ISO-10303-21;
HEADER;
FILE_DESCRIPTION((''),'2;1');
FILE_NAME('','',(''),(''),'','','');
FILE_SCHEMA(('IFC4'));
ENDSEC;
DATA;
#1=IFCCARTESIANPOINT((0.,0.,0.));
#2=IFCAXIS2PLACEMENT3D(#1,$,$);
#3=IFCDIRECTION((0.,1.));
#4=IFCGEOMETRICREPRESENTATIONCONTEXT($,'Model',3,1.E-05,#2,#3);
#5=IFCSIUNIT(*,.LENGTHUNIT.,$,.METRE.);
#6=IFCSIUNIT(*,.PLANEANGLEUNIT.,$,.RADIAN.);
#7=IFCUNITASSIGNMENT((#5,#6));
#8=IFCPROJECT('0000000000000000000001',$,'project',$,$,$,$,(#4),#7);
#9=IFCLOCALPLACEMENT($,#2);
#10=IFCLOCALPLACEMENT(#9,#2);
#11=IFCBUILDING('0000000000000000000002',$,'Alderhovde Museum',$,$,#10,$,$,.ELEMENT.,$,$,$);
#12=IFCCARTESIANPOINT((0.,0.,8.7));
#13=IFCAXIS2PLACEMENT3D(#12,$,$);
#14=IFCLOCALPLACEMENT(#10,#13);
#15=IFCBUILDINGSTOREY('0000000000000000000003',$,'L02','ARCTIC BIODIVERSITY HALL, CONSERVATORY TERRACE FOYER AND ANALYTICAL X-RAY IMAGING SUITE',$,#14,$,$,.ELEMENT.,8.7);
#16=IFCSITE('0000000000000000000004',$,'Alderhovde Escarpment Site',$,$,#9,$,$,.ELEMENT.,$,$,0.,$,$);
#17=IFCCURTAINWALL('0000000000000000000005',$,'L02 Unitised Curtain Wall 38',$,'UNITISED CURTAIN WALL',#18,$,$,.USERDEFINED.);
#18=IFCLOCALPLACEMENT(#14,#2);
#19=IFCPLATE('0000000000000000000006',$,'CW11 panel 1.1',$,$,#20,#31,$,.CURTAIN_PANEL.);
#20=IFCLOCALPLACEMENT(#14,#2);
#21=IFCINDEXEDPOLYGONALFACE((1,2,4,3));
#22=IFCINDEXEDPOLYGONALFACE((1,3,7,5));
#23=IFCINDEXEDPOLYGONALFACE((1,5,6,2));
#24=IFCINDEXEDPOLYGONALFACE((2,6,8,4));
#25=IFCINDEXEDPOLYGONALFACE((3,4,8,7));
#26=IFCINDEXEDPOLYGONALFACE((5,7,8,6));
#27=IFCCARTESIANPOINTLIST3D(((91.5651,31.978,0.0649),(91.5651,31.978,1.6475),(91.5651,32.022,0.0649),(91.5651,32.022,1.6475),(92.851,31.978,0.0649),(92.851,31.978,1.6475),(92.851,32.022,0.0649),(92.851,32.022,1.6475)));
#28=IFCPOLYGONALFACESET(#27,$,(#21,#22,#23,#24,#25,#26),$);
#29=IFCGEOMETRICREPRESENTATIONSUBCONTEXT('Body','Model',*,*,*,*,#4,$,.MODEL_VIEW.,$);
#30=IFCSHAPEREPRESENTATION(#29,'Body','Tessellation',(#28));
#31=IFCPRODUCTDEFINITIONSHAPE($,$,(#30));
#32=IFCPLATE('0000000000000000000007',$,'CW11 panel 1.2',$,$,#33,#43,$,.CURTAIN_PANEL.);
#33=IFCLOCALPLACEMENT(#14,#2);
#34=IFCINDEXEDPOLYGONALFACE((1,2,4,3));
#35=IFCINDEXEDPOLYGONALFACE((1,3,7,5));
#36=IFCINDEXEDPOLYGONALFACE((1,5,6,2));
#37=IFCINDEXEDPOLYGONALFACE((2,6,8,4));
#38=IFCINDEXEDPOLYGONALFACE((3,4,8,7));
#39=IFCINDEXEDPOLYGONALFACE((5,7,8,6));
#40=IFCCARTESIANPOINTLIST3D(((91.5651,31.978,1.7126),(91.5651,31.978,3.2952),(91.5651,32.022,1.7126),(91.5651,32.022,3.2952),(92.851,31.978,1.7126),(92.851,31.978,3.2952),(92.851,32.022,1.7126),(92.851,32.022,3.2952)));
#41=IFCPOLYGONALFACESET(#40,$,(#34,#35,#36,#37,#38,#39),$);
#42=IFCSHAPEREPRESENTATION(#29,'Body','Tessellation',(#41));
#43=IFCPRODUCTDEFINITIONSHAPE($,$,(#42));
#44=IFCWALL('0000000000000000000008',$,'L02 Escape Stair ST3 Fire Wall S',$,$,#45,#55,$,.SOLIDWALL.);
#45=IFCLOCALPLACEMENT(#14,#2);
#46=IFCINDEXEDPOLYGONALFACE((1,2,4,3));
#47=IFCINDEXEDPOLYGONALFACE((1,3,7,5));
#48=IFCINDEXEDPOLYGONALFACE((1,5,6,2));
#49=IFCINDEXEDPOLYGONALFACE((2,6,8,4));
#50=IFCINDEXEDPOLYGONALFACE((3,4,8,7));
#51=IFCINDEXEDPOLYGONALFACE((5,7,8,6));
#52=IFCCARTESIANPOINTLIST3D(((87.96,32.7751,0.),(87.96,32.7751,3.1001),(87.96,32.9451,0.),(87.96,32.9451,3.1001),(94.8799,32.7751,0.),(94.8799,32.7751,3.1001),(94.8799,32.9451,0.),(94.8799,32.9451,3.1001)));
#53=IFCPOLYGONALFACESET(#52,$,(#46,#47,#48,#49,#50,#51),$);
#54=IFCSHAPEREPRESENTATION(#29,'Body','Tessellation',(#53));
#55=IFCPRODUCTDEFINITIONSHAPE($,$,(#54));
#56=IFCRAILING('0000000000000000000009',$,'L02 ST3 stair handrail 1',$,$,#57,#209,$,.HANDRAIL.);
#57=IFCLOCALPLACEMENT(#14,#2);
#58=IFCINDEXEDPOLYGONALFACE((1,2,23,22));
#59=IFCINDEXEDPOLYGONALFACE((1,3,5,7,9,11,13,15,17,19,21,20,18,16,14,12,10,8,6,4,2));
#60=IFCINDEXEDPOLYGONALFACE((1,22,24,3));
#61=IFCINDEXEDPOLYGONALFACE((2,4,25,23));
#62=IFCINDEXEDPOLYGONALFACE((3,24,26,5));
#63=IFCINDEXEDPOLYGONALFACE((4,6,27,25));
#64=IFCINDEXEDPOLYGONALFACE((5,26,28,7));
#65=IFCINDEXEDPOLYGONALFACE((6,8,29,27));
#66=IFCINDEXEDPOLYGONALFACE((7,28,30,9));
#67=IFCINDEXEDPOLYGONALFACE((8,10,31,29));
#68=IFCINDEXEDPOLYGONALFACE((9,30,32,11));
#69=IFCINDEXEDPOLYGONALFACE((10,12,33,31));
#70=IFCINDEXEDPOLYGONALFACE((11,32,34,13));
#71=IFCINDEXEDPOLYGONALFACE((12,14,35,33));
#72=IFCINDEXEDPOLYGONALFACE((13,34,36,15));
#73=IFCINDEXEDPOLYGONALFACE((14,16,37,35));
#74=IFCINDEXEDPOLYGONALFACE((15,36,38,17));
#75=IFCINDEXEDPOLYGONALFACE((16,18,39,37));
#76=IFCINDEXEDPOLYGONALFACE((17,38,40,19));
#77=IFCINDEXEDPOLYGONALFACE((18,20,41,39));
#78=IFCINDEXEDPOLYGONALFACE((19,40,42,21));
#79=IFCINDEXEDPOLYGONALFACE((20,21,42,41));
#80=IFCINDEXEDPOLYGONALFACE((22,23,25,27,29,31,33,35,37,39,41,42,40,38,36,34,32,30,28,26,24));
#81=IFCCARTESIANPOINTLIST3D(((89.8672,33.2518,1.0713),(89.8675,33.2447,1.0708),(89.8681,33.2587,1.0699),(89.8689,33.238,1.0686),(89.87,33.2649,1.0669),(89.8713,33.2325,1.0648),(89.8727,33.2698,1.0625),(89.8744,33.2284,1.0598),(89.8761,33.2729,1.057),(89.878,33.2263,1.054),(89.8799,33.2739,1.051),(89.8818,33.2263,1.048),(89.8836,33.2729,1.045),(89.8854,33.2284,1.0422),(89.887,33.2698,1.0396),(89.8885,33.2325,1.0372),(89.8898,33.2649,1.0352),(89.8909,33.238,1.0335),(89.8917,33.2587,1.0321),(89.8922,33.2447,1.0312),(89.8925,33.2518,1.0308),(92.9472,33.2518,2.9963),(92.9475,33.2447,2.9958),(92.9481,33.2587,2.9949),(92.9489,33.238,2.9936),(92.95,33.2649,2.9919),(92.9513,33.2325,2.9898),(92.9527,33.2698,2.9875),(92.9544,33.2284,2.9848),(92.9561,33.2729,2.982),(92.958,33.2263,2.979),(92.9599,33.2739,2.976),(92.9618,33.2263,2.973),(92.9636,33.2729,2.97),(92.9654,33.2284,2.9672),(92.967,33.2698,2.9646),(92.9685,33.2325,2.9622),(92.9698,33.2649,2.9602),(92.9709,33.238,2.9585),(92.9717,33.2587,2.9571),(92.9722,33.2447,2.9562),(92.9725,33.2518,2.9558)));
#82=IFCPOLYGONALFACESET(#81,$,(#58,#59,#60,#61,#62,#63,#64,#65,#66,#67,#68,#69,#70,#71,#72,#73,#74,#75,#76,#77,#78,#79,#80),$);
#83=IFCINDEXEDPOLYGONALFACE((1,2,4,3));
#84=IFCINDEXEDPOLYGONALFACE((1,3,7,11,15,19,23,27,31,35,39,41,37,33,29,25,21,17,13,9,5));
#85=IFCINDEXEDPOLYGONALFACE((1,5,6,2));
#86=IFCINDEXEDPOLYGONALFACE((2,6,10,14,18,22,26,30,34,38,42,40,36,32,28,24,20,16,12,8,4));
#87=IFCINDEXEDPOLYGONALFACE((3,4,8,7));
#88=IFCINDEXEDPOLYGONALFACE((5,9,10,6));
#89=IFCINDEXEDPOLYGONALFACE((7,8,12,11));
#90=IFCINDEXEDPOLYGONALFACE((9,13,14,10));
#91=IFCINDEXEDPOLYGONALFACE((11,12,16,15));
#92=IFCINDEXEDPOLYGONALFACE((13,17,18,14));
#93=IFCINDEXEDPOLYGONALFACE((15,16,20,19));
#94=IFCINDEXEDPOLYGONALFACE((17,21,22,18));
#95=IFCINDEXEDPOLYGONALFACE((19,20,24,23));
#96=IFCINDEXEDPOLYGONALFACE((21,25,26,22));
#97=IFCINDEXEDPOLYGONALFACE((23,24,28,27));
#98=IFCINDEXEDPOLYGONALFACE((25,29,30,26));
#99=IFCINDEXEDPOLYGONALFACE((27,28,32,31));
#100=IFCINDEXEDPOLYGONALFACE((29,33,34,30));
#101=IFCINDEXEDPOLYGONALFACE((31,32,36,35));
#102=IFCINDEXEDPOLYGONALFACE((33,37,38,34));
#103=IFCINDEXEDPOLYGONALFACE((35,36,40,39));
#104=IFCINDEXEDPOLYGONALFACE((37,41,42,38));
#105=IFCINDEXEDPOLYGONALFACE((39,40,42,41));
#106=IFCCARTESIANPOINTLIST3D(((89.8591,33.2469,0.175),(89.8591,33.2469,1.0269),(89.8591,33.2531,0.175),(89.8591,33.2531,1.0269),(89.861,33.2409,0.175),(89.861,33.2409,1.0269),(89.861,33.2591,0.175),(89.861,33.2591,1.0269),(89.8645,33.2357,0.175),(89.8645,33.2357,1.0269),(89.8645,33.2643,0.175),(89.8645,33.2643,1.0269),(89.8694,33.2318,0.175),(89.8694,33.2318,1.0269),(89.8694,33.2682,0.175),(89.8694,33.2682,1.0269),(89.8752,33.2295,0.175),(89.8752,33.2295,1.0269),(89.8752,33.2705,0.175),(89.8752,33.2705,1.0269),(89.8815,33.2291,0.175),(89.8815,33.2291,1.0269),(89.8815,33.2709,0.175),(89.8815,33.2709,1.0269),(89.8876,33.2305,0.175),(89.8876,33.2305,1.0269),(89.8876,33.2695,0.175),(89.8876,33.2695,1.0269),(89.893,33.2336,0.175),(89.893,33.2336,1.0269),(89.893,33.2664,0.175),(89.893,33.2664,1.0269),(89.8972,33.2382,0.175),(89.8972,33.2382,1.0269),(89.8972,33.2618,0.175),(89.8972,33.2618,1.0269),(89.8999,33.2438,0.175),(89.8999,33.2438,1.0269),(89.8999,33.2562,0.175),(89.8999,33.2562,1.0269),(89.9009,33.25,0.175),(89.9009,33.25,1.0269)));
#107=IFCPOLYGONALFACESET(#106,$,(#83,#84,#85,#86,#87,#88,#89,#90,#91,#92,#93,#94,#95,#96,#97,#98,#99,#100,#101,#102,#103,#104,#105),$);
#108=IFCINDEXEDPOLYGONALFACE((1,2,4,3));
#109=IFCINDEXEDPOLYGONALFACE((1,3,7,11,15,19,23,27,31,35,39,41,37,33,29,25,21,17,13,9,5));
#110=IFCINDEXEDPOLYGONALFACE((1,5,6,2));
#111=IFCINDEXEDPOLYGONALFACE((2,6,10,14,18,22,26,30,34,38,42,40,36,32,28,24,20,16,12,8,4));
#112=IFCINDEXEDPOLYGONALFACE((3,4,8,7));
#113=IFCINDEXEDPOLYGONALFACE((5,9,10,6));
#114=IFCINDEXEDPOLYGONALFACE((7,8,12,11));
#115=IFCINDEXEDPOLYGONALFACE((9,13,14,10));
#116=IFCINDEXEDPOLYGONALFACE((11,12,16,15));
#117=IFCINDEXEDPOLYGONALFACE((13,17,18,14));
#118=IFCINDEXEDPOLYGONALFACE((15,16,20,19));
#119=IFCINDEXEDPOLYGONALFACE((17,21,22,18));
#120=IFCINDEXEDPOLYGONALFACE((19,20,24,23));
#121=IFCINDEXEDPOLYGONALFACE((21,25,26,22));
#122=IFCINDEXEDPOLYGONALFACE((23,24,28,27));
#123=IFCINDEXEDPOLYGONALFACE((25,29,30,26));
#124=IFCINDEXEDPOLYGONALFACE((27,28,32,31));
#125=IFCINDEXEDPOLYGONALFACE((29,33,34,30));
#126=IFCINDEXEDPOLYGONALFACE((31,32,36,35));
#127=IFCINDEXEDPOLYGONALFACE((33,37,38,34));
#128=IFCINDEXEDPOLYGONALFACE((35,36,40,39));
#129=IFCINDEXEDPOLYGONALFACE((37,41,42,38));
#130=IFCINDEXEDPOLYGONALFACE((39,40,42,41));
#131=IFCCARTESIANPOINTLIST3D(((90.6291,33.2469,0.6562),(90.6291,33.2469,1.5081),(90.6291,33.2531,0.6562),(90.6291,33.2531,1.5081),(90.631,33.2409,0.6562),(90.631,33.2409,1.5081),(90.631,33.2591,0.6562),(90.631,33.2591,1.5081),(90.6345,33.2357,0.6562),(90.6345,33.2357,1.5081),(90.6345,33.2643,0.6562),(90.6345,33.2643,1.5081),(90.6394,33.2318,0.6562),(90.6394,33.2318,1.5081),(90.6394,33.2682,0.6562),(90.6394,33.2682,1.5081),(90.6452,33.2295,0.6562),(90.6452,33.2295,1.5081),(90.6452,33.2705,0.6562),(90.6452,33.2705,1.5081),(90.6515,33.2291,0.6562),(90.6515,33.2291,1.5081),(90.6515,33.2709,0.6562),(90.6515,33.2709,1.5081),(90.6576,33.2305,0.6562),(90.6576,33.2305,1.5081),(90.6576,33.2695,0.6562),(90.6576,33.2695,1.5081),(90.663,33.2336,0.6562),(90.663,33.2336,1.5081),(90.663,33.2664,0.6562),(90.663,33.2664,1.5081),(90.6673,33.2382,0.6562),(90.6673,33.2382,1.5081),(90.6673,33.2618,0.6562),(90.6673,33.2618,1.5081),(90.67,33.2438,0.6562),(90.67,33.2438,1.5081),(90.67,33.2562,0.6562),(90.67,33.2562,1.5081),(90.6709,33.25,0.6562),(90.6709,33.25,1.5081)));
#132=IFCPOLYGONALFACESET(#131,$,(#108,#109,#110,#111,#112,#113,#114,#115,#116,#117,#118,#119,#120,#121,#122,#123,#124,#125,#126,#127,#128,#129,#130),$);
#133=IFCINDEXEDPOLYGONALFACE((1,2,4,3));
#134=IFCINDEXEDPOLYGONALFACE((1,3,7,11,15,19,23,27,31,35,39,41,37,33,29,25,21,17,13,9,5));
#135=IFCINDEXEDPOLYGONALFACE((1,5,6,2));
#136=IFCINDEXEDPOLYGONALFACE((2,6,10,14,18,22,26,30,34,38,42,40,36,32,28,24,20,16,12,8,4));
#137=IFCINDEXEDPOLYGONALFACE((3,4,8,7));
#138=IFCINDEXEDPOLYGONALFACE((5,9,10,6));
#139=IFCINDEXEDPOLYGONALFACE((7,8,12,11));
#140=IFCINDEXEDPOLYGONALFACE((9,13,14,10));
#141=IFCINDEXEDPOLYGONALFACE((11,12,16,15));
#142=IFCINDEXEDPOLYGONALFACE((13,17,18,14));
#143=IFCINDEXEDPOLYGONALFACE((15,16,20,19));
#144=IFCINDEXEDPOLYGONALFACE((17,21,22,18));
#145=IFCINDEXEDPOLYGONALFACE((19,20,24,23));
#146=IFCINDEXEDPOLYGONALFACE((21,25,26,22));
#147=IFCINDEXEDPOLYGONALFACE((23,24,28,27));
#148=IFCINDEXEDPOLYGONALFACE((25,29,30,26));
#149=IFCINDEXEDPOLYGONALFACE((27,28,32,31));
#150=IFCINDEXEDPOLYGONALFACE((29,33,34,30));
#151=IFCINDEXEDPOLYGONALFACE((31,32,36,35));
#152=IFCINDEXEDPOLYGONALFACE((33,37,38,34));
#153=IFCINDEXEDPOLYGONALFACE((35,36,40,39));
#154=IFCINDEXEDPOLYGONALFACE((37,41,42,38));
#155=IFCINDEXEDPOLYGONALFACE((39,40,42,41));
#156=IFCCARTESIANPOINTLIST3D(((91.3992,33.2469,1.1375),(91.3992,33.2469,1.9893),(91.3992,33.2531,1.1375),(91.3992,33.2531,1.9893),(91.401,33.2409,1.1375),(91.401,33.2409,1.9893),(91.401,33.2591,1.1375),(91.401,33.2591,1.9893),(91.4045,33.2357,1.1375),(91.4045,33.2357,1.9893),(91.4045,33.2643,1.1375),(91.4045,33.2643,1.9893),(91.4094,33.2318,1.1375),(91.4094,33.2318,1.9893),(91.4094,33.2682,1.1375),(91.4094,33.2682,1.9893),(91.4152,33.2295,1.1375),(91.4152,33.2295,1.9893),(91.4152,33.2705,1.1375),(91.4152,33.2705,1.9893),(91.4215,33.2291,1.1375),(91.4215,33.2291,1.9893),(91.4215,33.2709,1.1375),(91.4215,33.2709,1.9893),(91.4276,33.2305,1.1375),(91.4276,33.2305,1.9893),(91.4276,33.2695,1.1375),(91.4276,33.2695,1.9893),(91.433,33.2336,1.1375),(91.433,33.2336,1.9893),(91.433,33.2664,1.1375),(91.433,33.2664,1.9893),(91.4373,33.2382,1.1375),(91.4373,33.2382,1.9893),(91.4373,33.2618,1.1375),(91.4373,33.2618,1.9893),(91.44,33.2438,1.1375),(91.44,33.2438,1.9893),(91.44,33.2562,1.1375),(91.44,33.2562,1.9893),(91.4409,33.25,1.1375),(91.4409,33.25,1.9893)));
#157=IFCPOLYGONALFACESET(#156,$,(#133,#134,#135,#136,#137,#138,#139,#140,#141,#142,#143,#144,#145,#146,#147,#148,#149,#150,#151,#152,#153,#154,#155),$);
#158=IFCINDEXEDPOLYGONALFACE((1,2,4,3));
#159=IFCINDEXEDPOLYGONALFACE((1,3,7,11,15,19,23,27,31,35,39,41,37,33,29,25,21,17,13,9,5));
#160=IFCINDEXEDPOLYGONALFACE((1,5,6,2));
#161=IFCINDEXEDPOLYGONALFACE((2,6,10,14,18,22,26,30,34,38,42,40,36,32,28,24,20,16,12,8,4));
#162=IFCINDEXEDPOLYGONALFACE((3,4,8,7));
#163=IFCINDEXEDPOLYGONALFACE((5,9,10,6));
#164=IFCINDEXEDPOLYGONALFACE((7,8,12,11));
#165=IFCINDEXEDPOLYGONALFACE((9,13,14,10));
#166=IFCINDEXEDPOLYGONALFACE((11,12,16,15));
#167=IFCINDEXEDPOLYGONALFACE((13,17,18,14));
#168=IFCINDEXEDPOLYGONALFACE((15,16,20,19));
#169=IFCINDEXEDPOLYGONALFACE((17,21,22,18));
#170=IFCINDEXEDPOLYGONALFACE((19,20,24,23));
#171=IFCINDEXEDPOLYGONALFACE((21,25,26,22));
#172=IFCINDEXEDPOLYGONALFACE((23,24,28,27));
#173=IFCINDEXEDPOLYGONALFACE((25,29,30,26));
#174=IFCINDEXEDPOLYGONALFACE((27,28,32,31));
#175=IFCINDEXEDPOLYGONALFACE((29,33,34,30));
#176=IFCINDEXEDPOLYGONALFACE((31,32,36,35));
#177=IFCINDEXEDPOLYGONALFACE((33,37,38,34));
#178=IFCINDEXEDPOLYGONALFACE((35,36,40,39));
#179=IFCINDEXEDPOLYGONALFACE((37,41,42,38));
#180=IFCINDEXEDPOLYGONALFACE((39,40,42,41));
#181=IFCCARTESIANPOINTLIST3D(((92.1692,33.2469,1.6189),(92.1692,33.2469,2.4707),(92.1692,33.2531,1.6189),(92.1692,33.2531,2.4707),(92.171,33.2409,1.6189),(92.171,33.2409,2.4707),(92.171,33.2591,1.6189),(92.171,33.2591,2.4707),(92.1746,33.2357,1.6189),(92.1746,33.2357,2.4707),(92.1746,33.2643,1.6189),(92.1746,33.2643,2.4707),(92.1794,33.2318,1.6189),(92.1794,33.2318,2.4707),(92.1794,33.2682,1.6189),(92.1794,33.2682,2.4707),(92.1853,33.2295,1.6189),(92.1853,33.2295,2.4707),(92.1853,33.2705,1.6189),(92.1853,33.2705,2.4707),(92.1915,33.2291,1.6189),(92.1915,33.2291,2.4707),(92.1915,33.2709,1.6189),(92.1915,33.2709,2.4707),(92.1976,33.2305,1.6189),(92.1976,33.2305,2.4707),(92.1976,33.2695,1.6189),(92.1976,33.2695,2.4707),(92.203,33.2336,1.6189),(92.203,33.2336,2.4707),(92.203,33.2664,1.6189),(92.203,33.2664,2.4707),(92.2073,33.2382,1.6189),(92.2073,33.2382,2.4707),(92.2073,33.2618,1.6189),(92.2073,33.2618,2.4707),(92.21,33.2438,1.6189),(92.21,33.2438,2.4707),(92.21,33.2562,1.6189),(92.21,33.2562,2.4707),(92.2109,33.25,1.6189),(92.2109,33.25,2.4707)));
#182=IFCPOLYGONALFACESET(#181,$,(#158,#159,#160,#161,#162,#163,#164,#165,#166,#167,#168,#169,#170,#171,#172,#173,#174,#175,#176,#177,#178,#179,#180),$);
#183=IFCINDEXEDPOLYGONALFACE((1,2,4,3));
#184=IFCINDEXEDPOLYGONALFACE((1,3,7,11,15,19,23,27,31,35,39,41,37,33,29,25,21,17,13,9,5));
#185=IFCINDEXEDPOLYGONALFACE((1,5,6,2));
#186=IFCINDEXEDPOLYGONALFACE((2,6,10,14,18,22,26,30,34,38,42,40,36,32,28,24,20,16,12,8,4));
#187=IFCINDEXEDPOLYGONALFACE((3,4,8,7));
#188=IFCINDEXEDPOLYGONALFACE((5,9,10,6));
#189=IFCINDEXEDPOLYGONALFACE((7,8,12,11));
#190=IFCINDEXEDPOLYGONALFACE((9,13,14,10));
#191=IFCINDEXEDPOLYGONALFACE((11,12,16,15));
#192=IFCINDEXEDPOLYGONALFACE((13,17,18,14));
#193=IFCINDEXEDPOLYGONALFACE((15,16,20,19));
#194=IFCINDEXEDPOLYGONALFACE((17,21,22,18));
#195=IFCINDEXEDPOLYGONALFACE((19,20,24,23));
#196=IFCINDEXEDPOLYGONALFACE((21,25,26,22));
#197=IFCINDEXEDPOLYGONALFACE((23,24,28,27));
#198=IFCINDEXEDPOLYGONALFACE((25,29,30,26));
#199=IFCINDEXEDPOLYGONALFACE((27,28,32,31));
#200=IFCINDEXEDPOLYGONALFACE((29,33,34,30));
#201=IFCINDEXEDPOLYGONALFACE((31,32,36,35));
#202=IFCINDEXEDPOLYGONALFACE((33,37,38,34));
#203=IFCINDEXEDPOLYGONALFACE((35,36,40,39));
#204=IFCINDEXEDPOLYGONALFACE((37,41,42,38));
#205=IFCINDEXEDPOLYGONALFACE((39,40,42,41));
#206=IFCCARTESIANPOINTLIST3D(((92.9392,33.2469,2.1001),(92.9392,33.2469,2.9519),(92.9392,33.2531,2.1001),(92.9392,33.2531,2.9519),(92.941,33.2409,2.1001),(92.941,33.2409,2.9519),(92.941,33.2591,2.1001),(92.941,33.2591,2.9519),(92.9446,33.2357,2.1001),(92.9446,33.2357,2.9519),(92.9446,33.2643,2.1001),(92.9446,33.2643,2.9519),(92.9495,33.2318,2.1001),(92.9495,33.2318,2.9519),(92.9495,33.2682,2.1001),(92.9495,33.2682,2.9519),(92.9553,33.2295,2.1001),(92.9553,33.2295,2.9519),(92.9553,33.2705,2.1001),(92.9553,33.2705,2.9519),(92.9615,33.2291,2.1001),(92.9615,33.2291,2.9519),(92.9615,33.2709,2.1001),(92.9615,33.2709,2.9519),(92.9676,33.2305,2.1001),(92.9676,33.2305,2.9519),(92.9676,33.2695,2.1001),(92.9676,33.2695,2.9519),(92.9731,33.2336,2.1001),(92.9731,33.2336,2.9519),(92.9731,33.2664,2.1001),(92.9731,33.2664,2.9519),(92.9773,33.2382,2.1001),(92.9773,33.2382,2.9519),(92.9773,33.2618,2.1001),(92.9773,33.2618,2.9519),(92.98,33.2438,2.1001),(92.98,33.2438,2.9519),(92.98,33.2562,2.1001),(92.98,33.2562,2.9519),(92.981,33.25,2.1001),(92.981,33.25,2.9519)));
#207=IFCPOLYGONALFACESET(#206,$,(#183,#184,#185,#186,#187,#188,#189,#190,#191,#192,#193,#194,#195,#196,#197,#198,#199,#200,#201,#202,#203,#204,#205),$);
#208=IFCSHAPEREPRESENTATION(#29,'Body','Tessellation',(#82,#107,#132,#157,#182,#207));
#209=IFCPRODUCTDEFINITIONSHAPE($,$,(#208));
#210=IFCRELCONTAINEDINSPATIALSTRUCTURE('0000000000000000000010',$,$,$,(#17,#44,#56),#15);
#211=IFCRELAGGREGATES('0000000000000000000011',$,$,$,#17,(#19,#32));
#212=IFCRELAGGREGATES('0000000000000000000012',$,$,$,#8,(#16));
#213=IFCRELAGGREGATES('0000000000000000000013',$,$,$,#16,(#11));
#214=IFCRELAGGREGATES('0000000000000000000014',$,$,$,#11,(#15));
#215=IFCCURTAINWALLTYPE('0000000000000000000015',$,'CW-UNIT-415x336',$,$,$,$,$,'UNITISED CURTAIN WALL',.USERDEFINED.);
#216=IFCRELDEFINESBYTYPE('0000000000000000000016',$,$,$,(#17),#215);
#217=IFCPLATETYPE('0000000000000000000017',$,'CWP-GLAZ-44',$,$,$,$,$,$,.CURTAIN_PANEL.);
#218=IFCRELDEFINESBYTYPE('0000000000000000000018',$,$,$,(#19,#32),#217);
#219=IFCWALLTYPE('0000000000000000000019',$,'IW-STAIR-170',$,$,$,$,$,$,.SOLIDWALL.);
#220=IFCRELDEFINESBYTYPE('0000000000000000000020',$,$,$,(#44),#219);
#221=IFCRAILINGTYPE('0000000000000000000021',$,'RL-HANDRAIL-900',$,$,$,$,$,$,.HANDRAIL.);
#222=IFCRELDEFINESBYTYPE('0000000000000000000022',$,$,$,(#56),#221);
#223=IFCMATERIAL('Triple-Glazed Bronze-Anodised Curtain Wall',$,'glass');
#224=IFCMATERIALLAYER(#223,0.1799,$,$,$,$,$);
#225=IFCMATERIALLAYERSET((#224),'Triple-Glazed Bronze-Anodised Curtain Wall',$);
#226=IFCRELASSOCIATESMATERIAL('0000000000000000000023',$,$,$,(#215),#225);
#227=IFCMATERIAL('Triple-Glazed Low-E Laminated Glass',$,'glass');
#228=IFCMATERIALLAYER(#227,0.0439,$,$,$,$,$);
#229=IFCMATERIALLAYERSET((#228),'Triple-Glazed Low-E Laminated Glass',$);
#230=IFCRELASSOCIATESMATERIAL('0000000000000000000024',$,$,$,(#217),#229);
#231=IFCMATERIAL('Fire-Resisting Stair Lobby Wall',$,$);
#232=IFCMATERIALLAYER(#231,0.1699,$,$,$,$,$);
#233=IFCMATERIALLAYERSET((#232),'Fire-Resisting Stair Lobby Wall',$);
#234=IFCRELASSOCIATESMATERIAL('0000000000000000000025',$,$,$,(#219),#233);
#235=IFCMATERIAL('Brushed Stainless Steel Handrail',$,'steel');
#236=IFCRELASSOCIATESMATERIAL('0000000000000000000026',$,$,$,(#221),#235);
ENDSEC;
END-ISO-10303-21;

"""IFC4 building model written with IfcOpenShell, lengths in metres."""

from ifc_helpers import new_model, si_unit, direction, frame, frame_2d, origin, origin_2d, place, context, subcontext, project, spatial, rectangle, circle, extrude, material, layer, layer_set, type_object, element, aggregate, save


model = new_model("IFC4")

# Units and contexts
model_context = context("Model", 3, precision=1e-05, world=origin(), true_north=direction((0.0, 1.0)))
body_context = subcontext(model_context, "Body", "Model", "MODEL_VIEW")
ifc_project = project(units=[si_unit("LENGTHUNIT", "METRE"), si_unit("PLANEANGLEUNIT", "RADIAN")], contexts=[model_context])

# Site, building, storey
site_placement = place(None, origin())
site = spatial("IfcSite", under=ifc_project, at=site_placement, Name="Alderhovde Escarpment Site", CompositionType="ELEMENT", RefElevation=0.0)
building_placement = place(site_placement, origin())
building = spatial("IfcBuilding", under=site, at=building_placement, Name="Alderhovde Museum", CompositionType="ELEMENT")
storey_placement = place(building_placement, frame((0.0, 0.0, 8.7)))
storey = spatial("IfcBuildingStorey", under=building, at=storey_placement, Name="L02", Description="ARCTIC BIODIVERSITY HALL, CONSERVATORY TERRACE FOYER AND ANALYTICAL X-RAY IMAGING SUITE", CompositionType="ELEMENT", Elevation=8.7)

# Curtain wall
ifc_material_1 = material(Name="Triple-Glazed Bronze-Anodised Curtain Wall", Category="glass")
ifc_layer_1 = layer(ifc_material_1, 0.1799)
ifc_layer_set_1 = layer_set([ifc_layer_1], Name="Triple-Glazed Bronze-Anodised Curtain Wall")
curtain_wall_type_1 = type_object("IfcCurtainWallType", Name="CW-UNIT-415x336", ElementType="UNITISED CURTAIN WALL", PredefinedType="USERDEFINED", material=ifc_layer_set_1)
curtain_wall_1_placement = place(storey_placement, origin())
curtain_wall_1 = element("IfcCurtainWall", 1, at=curtain_wall_1_placement, inside=storey, type_object=curtain_wall_type_1, Name="L02 Unitised Curtain Wall 38", ObjectType="UNITISED CURTAIN WALL", PredefinedType="USERDEFINED")

# Plates
ifc_material_2 = material(Name="Triple-Glazed Low-E Laminated Glass", Category="glass")
ifc_layer_2 = layer(ifc_material_2, 0.0439)
ifc_layer_set_2 = layer_set([ifc_layer_2], Name="Triple-Glazed Low-E Laminated Glass")
plate_type_1 = type_object("IfcPlateType", Name="CWP-GLAZ-44", PredefinedType="CURTAIN_PANEL", material=ifc_layer_set_2)
plate_1_placement = place(storey_placement, frame((92.208, 32.0, 0.0649), z_axis=(0.0, 0.0, 1.0), x_axis=(1.0, 0.0, 0.0)))
plate_1 = element("IfcPlate", 2, at=plate_1_placement, type_object=plate_type_1, Name="CW11 panel 1.1", PredefinedType="CURTAIN_PANEL", context=body_context, shape_type="SweptSolid", body=[
    extrude(rectangle(XDim=1.2859, YDim=0.0439, at=origin_2d()), origin(), (0.0, 0.0, 1.0), 1.5825),
])
plate_2_placement = place(storey_placement, frame((92.208, 32.0, 1.7126), z_axis=(0.0, 0.0, 1.0), x_axis=(1.0, 0.0, 0.0)))
plate_2 = element("IfcPlate", 3, at=plate_2_placement, type_object=plate_type_1, Name="CW11 panel 1.2", PredefinedType="CURTAIN_PANEL", context=body_context, shape_type="SweptSolid", body=[
    extrude(rectangle(XDim=1.2859, YDim=0.0439, at=origin_2d()), origin(), (0.0, 0.0, 1.0), 1.5825),
])
aggregate(curtain_wall_1, [plate_1, plate_2])

# Wall
ifc_material_3 = material(Name="Fire-Resisting Stair Lobby Wall")
ifc_layer_3 = layer(ifc_material_3, 0.1699)
ifc_layer_set_3 = layer_set([ifc_layer_3], Name="Fire-Resisting Stair Lobby Wall")
wall_type = type_object("IfcWallType", Name="IW-STAIR-170", PredefinedType="SOLIDWALL", material=ifc_layer_set_3)
wall_placement = place(storey_placement, frame((87.96, 32.8601, 0.0), z_axis=(0.0, 0.0, 1.0), x_axis=(1.0, 0.0, 0.0)))
element("IfcWall", 4, at=wall_placement, inside=storey, type_object=wall_type, Name="L02 Escape Stair ST3 Fire Wall S", PredefinedType="SOLIDWALL", context=body_context, shape_type="SweptSolid", body=[
    extrude(rectangle(XDim=6.9199, YDim=0.1699, at=frame_2d((3.46, 0.0))), origin(), (0.0, 0.0, 1.0), 3.1001),
])

# Railing
ifc_material_4 = material(Name="Brushed Stainless Steel Handrail", Category="steel")
railing_type = type_object("IfcRailingType", Name="RL-HANDRAIL-900", PredefinedType="HANDRAIL", material=ifc_material_4)
railing_placement = place(storey_placement, frame((89.8799, 33.25, 0.175)))
element("IfcRailing", 5, at=railing_placement, inside=storey, type_object=railing_type, Name="L02 ST3 stair handrail 1", PredefinedType="HANDRAIL", context=body_context, shape_type="SweptSolid", body=[
    extrude(circle(Radius=0.0239, at=origin_2d()), frame((0.0, 0.0, 0.876), z_axis=(0.847998, 0.0, 0.529999), x_axis=(0.0, 1.0, 0.0)), (0.0, 0.0, 1.0), 3.6321),
    extrude(circle(Radius=0.021, at=origin_2d()), origin(), (0.0, 0.0, 1.0), 0.8518),
    extrude(circle(Radius=0.021, at=origin_2d()), frame((0.77, 0.0, 0.4812)), (0.0, 0.0, 1.0), 0.8518),
    extrude(circle(Radius=0.021, at=origin_2d()), frame((1.54, 0.0, 0.9624)), (0.0, 0.0, 1.0), 0.8518),
    extrude(circle(Radius=0.021, at=origin_2d()), frame((2.3101, 0.0, 1.4438)), (0.0, 0.0, 1.0), 0.8518),
    extrude(circle(Radius=0.021, at=origin_2d()), frame((3.0801, 0.0, 1.925)), (0.0, 0.0, 1.0), 0.8518),
])

save(model, "model.ifc")
